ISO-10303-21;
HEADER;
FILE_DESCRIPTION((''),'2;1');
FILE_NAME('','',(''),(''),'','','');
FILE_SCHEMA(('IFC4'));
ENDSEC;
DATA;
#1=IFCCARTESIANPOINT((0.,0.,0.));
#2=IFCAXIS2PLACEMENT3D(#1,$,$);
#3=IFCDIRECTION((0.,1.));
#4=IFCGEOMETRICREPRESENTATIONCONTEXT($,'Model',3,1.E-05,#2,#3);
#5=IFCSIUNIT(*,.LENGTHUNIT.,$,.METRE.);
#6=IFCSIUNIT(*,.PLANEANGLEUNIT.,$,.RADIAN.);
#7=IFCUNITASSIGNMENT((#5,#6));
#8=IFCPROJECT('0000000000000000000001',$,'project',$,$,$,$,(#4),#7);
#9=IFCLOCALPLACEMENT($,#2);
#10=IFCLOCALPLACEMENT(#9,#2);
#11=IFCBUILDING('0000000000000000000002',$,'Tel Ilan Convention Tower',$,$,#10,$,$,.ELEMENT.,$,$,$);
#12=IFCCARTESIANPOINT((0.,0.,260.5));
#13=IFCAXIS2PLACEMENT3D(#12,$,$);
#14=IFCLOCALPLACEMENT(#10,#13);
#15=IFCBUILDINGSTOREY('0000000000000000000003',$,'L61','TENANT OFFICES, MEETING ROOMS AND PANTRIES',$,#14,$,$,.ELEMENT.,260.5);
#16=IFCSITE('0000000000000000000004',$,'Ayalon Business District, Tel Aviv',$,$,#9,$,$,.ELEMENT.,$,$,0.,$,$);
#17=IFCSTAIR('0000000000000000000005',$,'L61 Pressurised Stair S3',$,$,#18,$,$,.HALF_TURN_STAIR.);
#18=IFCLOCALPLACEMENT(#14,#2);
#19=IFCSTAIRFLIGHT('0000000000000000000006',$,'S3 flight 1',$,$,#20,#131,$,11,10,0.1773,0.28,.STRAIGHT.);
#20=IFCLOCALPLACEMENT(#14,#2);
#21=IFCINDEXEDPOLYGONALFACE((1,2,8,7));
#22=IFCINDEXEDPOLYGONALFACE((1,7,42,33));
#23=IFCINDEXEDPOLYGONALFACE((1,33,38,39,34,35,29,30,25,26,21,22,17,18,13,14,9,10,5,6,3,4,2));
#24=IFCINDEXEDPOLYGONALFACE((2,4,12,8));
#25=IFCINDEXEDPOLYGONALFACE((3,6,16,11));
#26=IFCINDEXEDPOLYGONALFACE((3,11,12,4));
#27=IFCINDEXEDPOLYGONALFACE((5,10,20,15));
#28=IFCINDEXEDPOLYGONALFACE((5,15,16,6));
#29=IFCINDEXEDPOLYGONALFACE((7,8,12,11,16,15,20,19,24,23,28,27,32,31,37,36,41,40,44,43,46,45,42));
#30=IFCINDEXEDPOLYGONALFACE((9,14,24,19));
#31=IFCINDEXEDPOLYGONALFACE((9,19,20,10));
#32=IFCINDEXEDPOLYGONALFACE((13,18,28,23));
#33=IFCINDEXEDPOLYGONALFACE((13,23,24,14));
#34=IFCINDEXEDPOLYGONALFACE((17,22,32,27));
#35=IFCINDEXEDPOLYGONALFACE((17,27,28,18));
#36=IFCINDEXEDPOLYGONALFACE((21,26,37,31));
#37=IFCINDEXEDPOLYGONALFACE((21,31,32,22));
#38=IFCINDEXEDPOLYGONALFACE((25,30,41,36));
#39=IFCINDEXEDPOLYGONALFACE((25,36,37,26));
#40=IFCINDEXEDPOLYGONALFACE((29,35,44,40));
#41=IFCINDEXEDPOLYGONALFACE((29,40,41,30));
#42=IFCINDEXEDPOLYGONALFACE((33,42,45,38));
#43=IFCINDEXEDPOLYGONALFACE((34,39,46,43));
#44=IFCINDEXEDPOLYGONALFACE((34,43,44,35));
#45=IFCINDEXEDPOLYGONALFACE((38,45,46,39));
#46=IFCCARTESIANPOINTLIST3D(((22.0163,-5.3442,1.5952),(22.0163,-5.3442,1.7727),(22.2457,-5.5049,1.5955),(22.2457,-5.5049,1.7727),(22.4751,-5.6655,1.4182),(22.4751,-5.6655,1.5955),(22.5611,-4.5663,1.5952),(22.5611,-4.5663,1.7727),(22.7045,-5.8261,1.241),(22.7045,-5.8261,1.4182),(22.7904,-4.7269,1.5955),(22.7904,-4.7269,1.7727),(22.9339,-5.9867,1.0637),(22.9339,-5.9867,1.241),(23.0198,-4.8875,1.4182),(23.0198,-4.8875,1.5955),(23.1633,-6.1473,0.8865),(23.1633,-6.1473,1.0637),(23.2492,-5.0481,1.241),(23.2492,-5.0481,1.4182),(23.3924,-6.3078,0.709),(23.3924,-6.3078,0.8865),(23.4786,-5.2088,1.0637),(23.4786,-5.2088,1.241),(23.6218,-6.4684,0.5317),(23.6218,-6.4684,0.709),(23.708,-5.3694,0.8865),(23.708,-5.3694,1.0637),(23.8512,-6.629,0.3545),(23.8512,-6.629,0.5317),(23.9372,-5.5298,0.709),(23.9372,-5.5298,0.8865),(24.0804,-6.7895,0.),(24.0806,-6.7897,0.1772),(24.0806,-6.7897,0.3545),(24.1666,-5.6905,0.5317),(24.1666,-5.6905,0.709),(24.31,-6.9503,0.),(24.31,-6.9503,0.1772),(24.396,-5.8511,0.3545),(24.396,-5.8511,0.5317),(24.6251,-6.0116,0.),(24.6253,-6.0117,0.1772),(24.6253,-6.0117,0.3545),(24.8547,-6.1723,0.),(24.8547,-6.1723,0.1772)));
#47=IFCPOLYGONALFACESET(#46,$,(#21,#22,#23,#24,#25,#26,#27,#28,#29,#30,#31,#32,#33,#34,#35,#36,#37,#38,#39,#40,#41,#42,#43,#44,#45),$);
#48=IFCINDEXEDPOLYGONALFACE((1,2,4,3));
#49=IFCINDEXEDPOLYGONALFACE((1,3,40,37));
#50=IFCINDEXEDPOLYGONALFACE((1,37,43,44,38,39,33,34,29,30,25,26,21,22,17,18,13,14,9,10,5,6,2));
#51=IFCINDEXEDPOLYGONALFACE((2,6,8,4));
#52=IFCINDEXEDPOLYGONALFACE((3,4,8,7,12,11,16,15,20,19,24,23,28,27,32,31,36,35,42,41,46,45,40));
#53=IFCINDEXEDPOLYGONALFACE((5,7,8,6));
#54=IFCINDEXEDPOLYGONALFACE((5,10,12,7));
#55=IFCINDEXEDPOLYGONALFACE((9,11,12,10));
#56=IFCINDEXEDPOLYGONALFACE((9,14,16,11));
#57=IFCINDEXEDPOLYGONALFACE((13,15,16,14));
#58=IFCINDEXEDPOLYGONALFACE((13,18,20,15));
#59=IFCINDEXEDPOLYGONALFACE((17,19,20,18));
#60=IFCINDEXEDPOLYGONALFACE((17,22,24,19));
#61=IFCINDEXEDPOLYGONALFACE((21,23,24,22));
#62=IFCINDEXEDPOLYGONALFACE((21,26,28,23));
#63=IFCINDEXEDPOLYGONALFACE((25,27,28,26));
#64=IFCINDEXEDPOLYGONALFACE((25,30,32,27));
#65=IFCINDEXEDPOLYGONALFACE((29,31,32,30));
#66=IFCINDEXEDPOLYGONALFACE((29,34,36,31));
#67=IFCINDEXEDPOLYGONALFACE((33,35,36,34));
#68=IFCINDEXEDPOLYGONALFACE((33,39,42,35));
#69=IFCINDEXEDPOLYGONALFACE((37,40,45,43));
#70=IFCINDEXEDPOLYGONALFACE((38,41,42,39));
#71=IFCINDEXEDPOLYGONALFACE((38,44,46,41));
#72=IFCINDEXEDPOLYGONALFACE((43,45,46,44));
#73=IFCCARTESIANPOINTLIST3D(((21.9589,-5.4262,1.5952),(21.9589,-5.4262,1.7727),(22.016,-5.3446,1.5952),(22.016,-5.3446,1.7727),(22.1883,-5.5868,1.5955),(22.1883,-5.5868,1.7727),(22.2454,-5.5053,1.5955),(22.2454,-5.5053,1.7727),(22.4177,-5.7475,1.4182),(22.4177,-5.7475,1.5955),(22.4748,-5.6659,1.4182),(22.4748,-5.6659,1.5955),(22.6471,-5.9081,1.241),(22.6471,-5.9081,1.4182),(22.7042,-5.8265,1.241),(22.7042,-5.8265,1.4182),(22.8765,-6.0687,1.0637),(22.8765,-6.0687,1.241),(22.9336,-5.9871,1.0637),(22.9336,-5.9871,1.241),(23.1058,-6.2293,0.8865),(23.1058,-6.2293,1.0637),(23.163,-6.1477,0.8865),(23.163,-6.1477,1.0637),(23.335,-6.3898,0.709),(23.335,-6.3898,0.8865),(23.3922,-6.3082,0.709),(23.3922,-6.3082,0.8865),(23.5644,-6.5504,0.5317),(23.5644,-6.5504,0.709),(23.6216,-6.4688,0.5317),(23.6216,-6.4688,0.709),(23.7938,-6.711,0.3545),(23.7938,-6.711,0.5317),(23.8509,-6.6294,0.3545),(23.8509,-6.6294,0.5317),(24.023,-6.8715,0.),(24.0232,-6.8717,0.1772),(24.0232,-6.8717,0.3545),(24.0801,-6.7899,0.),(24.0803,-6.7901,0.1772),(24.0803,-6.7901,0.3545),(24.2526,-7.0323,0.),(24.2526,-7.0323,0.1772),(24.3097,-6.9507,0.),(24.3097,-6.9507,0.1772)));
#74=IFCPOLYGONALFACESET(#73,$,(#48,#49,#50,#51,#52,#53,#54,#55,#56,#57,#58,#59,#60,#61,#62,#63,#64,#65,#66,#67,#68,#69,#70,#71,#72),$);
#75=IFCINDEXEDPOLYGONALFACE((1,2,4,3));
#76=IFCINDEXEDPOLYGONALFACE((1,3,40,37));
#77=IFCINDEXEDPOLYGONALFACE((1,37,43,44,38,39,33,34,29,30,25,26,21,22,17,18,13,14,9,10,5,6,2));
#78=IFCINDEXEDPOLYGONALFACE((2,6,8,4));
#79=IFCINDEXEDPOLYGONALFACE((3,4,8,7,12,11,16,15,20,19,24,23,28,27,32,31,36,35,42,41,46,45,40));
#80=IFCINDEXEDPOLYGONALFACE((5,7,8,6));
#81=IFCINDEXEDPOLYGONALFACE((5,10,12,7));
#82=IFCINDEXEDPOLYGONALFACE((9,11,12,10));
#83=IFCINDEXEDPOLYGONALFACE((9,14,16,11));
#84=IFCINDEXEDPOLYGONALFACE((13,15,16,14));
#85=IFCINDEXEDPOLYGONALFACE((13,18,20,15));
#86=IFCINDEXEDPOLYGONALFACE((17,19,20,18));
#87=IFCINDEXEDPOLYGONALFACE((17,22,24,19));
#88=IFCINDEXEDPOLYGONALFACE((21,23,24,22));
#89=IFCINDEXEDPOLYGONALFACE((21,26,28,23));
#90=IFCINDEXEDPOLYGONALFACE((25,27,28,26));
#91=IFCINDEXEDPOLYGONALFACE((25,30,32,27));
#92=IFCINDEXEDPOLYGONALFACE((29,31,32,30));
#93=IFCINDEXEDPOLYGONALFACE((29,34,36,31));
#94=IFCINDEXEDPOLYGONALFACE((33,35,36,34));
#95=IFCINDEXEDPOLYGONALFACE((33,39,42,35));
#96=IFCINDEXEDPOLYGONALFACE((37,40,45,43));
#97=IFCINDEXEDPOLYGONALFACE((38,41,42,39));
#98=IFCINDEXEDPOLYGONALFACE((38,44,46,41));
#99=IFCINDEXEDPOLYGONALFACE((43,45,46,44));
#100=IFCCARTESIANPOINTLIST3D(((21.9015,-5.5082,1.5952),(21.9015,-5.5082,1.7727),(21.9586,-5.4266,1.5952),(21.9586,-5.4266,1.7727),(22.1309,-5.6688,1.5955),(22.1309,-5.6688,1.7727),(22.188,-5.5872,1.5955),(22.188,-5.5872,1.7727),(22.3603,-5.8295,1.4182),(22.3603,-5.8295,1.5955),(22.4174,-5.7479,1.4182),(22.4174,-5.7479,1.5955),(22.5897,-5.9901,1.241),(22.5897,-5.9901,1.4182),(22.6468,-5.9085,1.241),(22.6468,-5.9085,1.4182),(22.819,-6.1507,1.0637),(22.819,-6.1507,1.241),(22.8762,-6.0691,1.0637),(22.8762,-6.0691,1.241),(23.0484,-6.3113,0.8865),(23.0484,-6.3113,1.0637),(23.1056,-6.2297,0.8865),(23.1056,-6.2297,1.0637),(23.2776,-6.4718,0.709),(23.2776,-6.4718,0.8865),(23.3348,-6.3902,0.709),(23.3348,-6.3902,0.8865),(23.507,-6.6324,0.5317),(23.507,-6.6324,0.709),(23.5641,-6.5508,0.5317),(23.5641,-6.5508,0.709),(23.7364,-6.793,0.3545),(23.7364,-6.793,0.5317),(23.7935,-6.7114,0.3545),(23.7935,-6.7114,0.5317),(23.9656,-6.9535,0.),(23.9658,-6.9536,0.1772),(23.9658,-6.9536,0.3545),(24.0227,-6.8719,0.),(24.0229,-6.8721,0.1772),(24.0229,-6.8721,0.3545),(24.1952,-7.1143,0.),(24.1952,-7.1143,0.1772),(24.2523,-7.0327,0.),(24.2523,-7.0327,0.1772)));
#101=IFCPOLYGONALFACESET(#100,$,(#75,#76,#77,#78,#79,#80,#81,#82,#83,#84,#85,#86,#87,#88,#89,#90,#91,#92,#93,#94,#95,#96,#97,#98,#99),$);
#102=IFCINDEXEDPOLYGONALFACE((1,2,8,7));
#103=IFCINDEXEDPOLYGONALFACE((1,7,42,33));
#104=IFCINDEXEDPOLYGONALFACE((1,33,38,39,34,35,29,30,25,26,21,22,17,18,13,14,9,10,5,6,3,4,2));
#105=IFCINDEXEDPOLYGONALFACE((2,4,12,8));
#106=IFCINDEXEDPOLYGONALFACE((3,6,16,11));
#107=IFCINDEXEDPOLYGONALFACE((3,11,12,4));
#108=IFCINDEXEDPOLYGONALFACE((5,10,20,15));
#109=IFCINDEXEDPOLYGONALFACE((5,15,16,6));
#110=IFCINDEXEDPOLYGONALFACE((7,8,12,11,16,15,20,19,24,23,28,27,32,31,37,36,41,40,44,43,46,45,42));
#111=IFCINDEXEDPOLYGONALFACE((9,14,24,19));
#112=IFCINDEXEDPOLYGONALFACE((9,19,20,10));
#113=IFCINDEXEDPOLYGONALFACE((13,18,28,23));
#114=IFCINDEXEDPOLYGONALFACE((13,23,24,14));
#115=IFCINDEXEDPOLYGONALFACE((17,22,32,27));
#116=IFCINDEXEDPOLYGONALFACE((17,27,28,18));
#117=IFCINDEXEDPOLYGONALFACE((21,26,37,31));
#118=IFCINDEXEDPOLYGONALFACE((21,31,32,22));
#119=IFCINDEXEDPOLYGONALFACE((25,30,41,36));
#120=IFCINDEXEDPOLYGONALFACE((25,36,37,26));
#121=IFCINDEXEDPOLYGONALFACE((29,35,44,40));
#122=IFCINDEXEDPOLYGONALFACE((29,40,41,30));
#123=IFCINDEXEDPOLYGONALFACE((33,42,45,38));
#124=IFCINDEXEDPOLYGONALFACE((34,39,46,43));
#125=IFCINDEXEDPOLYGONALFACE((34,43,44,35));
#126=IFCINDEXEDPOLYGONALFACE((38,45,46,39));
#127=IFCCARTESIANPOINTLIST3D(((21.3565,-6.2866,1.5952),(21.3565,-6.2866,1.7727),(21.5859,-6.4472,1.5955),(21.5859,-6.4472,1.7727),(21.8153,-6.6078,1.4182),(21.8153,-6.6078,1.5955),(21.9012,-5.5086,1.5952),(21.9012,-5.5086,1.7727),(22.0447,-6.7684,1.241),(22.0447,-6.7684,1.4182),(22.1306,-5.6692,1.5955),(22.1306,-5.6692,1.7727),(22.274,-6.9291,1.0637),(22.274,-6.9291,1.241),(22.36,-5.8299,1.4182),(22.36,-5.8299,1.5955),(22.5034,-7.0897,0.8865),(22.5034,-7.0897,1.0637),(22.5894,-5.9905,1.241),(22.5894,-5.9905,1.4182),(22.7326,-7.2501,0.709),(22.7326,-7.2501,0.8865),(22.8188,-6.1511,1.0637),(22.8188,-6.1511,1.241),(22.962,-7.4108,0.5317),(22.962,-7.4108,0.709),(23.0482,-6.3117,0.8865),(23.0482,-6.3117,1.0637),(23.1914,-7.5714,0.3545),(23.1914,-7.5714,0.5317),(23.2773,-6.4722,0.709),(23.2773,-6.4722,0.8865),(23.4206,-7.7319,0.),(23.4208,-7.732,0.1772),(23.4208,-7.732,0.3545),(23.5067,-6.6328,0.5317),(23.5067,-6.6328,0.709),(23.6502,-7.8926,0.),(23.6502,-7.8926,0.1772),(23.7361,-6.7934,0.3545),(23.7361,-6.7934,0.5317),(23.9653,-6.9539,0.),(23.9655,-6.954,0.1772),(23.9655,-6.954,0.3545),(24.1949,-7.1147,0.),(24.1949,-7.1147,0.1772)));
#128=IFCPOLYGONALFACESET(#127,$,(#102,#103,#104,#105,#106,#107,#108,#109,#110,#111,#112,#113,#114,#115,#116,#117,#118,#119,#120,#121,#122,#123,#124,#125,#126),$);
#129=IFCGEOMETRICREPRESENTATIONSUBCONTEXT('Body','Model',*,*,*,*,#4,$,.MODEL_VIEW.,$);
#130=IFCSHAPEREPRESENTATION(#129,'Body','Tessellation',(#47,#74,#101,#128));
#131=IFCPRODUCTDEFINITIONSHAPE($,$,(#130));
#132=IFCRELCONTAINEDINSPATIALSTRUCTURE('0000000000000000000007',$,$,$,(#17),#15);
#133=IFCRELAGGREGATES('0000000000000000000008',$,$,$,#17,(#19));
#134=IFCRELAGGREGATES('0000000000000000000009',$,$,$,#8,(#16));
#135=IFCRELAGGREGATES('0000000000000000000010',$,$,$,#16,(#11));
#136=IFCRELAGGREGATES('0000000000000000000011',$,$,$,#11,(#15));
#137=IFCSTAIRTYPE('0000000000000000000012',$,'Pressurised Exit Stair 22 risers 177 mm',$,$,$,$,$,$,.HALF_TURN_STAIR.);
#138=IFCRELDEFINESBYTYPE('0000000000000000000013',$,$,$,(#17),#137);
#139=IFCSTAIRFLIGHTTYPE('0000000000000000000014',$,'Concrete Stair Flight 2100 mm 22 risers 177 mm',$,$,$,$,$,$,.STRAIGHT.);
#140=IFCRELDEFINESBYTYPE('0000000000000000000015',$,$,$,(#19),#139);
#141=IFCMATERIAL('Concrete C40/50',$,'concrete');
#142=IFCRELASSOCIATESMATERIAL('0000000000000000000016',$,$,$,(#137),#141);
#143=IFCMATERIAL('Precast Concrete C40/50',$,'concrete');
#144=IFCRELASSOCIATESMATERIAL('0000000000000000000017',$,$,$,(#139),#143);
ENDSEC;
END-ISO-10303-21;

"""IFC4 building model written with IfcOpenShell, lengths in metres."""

from ifc_helpers import new_model, si_unit, direction, frame, origin, place, context, subcontext, project, spatial, polyline, outline, extrude, material, type_object, element, aggregate, save


model = new_model("IFC4")

# Units and contexts
model_context = context("Model", 3, precision=1e-05, world=origin(), true_north=direction((0.0, 1.0)))
body_context = subcontext(model_context, "Body", "Model", "MODEL_VIEW")
ifc_project = project(units=[si_unit("LENGTHUNIT", "METRE"), si_unit("PLANEANGLEUNIT", "RADIAN")], contexts=[model_context])

# Site, building, storey
site_placement = place(None, origin())
site = spatial("IfcSite", under=ifc_project, at=site_placement, Name="Ayalon Business District, Tel Aviv", CompositionType="ELEMENT", RefElevation=0.0)
building_placement = place(site_placement, origin())
building = spatial("IfcBuilding", under=site, at=building_placement, Name="Tel Ilan Convention Tower", CompositionType="ELEMENT")
storey_placement = place(building_placement, frame((0.0, 0.0, 260.5)))
storey = spatial("IfcBuildingStorey", under=building, at=storey_placement, Name="L61", Description="TENANT OFFICES, MEETING ROOMS AND PANTRIES", CompositionType="ELEMENT", Elevation=260.5)

# Stair, stair flight
ifc_material_1 = material(Name="Concrete C40/50", Category="concrete")
stair_type = type_object("IfcStairType", Name="Pressurised Exit Stair 22 risers 177 mm", PredefinedType="HALF_TURN_STAIR", material=ifc_material_1)
stair_placement = place(storey_placement, origin())
stair = element("IfcStair", 1, at=stair_placement, inside=storey, type_object=stair_type, Name="L61 Pressurised Stair S3", PredefinedType="HALF_TURN_STAIR")
ifc_material_2 = material(Name="Precast Concrete C40/50", Category="concrete")
stair_flight_type = type_object("IfcStairFlightType", Name="Concrete Stair Flight 2100 mm 22 risers 177 mm", PredefinedType="STRAIGHT", material=ifc_material_2)
stair_flight_1_placement = place(storey_placement, frame((24.2524, -7.0325, 0.0), z_axis=(0.0, 0.0, 1.0), x_axis=(-0.819152, 0.573576, 0.0)))
stair_flight_1 = element("IfcStairFlight", 2, at=stair_flight_1_placement, type_object=stair_flight_type, Name="S3 flight 1", NumberOfRisers=11, NumberOfTreads=10, PredefinedType="STRAIGHT", RiserHeight=0.1773, TreadLength=0.28, context=body_context, shape_type="SweptSolid", body=[
    extrude(outline(polyline([(0.0, 0.0), (0.0, 0.1772), (0.28, 0.1772), (0.28, 0.3545), (0.5601, 0.3545), (0.5601, 0.5317), (0.8401, 0.5317), (0.8401, 0.709), (1.1201, 0.709), (1.1201, 0.8865), (1.3999, 0.8865), (1.3999, 1.0637), (1.6799, 1.0637), (1.6799, 1.241), (1.96, 1.241), (1.96, 1.4182), (2.24, 1.4182), (2.24, 1.5955), (2.52, 1.5955), (2.52, 1.7727), (2.8, 1.7727), (2.8, 1.95), (2.8, 1.5952), (0.2803, 0.0), (0.0, 0.0)])), frame((0.0, -0.1003, 0.0), z_axis=(0.0, -1.0, 0.0), x_axis=(1.0, 0.0, 0.0)), (0.0, 0.0, 1.0), 0.9497),
    extrude(outline(polyline([(0.0, 0.0), (0.0, 0.1772), (0.28, 0.1772), (0.28, 0.3545), (0.5601, 0.3545), (0.5601, 0.5317), (0.8401, 0.5317), (0.8401, 0.709), (1.1201, 0.709), (1.1201, 0.8865), (1.3999, 0.8865), (1.3999, 1.0637), (1.6799, 1.0637), (1.6799, 1.241), (1.96, 1.241), (1.96, 1.4182), (2.24, 1.4182), (2.24, 1.5955), (2.52, 1.5955), (2.52, 1.7727), (2.8, 1.7727), (2.8, 1.95), (2.8, 1.5952), (0.2803, 0.0), (0.0, 0.0)])), frame((0.0, -0.0002, 0.0), z_axis=(0.0, -1.0, 0.0), x_axis=(1.0, 0.0, 0.0)), (0.0, 0.0, 1.0), 0.0996),
    extrude(outline(polyline([(0.0, 0.0), (0.0, 0.1772), (0.28, 0.1772), (0.28, 0.3545), (0.5601, 0.3545), (0.5601, 0.5317), (0.8401, 0.5317), (0.8401, 0.709), (1.1201, 0.709), (1.1201, 0.8865), (1.3999, 0.8865), (1.3999, 1.0637), (1.6799, 1.0637), (1.6799, 1.241), (1.96, 1.241), (1.96, 1.4182), (2.24, 1.4182), (2.24, 1.5955), (2.52, 1.5955), (2.52, 1.7727), (2.8, 1.7727), (2.8, 1.95), (2.8, 1.5952), (0.2803, 0.0), (0.0, 0.0)])), frame((0.0, 0.0999, 0.0), z_axis=(0.0, -1.0, 0.0), x_axis=(1.0, 0.0, 0.0)), (0.0, 0.0, 1.0), 0.0996),
    extrude(outline(polyline([(0.0, 0.0), (0.0, 0.1772), (0.28, 0.1772), (0.28, 0.3545), (0.5601, 0.3545), (0.5601, 0.5317), (0.8401, 0.5317), (0.8401, 0.709), (1.1201, 0.709), (1.1201, 0.8865), (1.3999, 0.8865), (1.3999, 1.0637), (1.6799, 1.0637), (1.6799, 1.241), (1.96, 1.241), (1.96, 1.4182), (2.24, 1.4182), (2.24, 1.5955), (2.52, 1.5955), (2.52, 1.7727), (2.8, 1.7727), (2.8, 1.95), (2.8, 1.5952), (0.2803, 0.0), (0.0, 0.0)])), frame((0.0, 1.05, 0.0), z_axis=(0.0, -1.0, 0.0), x_axis=(1.0, 0.0, 0.0)), (0.0, 0.0, 1.0), 0.9497),
])
aggregate(stair, [stair_flight_1])

save(model, "model.ifc")
